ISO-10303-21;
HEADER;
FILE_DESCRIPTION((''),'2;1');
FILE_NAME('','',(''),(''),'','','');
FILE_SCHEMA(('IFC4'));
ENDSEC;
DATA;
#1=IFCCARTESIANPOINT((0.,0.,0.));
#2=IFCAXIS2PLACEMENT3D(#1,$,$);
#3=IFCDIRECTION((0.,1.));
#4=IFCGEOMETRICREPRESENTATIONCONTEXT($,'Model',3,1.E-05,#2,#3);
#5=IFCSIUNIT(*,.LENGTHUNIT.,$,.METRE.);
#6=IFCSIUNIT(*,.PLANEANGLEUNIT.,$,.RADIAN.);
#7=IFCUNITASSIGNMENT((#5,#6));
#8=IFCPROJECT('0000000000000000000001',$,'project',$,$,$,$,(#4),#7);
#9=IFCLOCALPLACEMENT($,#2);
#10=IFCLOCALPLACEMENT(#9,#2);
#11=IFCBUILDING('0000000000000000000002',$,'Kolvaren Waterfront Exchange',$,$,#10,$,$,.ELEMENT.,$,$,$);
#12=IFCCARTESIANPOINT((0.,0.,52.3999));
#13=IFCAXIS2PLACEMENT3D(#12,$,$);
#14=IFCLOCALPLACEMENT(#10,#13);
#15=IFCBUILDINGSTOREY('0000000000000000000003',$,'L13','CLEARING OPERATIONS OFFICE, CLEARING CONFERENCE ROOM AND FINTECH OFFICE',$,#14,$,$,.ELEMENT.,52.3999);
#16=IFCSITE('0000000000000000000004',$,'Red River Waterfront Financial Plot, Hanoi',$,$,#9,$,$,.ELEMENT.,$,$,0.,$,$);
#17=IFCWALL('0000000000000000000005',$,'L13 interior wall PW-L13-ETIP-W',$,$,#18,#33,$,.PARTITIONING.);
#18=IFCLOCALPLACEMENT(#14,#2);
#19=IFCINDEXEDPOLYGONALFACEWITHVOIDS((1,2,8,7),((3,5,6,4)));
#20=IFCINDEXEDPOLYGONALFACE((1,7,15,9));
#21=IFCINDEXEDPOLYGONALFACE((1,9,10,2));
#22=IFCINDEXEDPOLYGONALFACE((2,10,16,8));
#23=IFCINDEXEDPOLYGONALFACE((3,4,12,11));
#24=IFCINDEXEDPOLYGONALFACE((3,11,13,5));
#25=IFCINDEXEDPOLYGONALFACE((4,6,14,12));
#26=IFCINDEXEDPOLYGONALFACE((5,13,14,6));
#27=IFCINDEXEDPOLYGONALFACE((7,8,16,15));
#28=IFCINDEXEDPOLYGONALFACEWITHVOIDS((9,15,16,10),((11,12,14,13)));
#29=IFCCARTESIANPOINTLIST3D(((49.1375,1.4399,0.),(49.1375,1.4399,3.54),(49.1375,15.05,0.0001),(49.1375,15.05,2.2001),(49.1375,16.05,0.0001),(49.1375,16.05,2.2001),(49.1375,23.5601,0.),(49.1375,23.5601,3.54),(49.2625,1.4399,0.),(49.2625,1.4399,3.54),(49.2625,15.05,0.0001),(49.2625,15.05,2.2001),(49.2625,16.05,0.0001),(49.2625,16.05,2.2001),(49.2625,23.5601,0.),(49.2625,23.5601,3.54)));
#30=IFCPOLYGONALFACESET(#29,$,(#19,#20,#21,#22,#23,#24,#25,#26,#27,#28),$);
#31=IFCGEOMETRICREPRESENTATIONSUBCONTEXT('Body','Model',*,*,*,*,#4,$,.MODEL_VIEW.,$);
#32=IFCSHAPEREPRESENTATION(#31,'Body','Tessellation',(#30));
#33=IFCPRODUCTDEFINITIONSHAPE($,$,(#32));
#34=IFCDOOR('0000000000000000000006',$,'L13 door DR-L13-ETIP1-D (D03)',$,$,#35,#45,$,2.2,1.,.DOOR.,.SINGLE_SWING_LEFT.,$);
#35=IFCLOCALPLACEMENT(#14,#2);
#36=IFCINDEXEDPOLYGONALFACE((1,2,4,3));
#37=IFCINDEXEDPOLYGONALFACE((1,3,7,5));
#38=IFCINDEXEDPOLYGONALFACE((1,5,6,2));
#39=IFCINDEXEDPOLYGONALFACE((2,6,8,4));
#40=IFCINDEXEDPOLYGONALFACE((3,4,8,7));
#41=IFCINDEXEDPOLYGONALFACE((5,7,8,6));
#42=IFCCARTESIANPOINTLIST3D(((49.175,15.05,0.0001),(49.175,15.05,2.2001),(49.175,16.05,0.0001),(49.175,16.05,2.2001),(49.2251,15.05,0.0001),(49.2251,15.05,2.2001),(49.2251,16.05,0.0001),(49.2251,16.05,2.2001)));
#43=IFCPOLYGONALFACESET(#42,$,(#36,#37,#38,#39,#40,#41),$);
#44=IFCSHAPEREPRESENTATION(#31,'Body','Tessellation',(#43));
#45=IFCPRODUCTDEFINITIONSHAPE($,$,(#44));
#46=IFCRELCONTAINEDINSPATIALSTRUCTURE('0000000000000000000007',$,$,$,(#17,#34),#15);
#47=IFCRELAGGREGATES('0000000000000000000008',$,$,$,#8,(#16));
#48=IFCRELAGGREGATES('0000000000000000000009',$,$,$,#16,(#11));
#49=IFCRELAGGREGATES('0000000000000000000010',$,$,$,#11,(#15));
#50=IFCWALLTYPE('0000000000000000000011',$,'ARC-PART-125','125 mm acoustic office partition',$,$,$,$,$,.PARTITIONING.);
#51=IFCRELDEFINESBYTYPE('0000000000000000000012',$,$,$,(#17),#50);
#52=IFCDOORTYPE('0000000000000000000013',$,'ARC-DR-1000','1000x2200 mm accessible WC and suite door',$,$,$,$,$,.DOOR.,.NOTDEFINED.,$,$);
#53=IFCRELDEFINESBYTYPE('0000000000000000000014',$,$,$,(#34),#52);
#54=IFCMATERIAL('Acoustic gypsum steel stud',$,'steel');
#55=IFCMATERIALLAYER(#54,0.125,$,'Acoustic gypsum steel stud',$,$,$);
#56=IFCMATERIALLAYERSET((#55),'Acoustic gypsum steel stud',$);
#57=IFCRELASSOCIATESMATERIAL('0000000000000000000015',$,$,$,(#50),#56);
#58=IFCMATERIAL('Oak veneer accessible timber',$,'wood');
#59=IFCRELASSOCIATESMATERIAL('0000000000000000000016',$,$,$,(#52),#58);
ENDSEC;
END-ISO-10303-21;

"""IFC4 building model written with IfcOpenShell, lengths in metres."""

from ifc_helpers import new_model, si_unit, direction, frame, frame_2d, origin, place, context, subcontext, project, spatial, rectangle, extrude, material, layer, layer_set, type_object, element, fill, save


model = new_model("IFC4")

# Units and contexts
model_context = context("Model", 3, precision=1e-05, world=origin(), true_north=direction((0.0, 1.0)))
body_context = subcontext(model_context, "Body", "Model", "MODEL_VIEW")
ifc_project = project(units=[si_unit("LENGTHUNIT", "METRE"), si_unit("PLANEANGLEUNIT", "RADIAN")], contexts=[model_context])

# Site, building, storey
site_placement = place(None, origin())
site = spatial("IfcSite", under=ifc_project, at=site_placement, Name="Red River Waterfront Financial Plot, Hanoi", CompositionType="ELEMENT", RefElevation=0.0)
building_placement = place(site_placement, origin())
building = spatial("IfcBuilding", under=site, at=building_placement, Name="Kolvaren Waterfront Exchange", CompositionType="ELEMENT")
storey_placement = place(building_placement, frame((0.0, 0.0, 52.3999)))
storey = spatial("IfcBuildingStorey", under=building, at=storey_placement, Name="L13", Description="CLEARING OPERATIONS OFFICE, CLEARING CONFERENCE ROOM AND FINTECH OFFICE", CompositionType="ELEMENT", Elevation=52.3999)

# Wall, opening, door
ifc_material_1 = material(Name="Acoustic gypsum steel stud", Category="steel")
ifc_layer_1 = layer(ifc_material_1, 0.125, Name="Acoustic gypsum steel stud")
ifc_layer_set_1 = layer_set([ifc_layer_1], Name="Acoustic gypsum steel stud")
wall_type_1 = type_object("IfcWallType", Name="ARC-PART-125", Description="125 mm acoustic office partition", PredefinedType="PARTITIONING", material=ifc_layer_set_1)
wall_1_placement = place(storey_placement, frame((49.2, 1.4399, 0.0), z_axis=(0.0, 0.0, 1.0), x_axis=(0.0, 1.0, 0.0)))
wall_1 = element("IfcWall", 1, at=wall_1_placement, inside=storey, type_object=wall_type_1, Name="L13 interior wall PW-L13-ETIP-W", PredefinedType="PARTITIONING", context=body_context, shape_type="SweptSolid", body=[
    extrude(rectangle(XDim=22.1201, YDim=0.125, at=frame_2d((11.0601, 0.0))), origin(), (0.0, 0.0, 1.0), 3.54),
])
opening_placement = place(wall_1_placement, frame((13.6101, 0.0, 0.0)))
opening = element("IfcOpeningElement", 2, at=opening_placement, cuts=wall_1, PredefinedType="OPENING", context=body_context, shape_type="SweptSolid", body=[
    extrude(rectangle(XDim=1.0, YDim=2.2, at=frame_2d((0.5, 1.1001))), frame((0.0, 0.0725, 0.0), z_axis=(0.0, -1.0, 0.0), x_axis=(1.0, 0.0, 0.0)), (0.0, 0.0, 1.0), 0.145),
])
ifc_material_2 = material(Name="Oak veneer accessible timber", Category="wood")
door_type = type_object("IfcDoorType", Name="ARC-DR-1000", Description="1000x2200 mm accessible WC and suite door", OperationType="NOTDEFINED", PredefinedType="DOOR", material=ifc_material_2)
door_placement = place(opening_placement, origin())
door = element("IfcDoor", 3, at=door_placement, inside=storey, type_object=door_type, Name="L13 door DR-L13-ETIP1-D (D03)", OperationType="SINGLE_SWING_LEFT", OverallHeight=2.2, OverallWidth=1.0, PredefinedType="DOOR", context=body_context, shape_type="SweptSolid", body=[
    extrude(rectangle(XDim=1.0, YDim=2.2, at=frame_2d((0.5, 1.1001))), frame((0.0, 0.0249, 0.0), z_axis=(0.0, -1.0, 0.0), x_axis=(1.0, 0.0, 0.0)), (0.0, 0.0, 1.0), 0.05),
])
fill(opening, door)

save(model, "model.ifc")
